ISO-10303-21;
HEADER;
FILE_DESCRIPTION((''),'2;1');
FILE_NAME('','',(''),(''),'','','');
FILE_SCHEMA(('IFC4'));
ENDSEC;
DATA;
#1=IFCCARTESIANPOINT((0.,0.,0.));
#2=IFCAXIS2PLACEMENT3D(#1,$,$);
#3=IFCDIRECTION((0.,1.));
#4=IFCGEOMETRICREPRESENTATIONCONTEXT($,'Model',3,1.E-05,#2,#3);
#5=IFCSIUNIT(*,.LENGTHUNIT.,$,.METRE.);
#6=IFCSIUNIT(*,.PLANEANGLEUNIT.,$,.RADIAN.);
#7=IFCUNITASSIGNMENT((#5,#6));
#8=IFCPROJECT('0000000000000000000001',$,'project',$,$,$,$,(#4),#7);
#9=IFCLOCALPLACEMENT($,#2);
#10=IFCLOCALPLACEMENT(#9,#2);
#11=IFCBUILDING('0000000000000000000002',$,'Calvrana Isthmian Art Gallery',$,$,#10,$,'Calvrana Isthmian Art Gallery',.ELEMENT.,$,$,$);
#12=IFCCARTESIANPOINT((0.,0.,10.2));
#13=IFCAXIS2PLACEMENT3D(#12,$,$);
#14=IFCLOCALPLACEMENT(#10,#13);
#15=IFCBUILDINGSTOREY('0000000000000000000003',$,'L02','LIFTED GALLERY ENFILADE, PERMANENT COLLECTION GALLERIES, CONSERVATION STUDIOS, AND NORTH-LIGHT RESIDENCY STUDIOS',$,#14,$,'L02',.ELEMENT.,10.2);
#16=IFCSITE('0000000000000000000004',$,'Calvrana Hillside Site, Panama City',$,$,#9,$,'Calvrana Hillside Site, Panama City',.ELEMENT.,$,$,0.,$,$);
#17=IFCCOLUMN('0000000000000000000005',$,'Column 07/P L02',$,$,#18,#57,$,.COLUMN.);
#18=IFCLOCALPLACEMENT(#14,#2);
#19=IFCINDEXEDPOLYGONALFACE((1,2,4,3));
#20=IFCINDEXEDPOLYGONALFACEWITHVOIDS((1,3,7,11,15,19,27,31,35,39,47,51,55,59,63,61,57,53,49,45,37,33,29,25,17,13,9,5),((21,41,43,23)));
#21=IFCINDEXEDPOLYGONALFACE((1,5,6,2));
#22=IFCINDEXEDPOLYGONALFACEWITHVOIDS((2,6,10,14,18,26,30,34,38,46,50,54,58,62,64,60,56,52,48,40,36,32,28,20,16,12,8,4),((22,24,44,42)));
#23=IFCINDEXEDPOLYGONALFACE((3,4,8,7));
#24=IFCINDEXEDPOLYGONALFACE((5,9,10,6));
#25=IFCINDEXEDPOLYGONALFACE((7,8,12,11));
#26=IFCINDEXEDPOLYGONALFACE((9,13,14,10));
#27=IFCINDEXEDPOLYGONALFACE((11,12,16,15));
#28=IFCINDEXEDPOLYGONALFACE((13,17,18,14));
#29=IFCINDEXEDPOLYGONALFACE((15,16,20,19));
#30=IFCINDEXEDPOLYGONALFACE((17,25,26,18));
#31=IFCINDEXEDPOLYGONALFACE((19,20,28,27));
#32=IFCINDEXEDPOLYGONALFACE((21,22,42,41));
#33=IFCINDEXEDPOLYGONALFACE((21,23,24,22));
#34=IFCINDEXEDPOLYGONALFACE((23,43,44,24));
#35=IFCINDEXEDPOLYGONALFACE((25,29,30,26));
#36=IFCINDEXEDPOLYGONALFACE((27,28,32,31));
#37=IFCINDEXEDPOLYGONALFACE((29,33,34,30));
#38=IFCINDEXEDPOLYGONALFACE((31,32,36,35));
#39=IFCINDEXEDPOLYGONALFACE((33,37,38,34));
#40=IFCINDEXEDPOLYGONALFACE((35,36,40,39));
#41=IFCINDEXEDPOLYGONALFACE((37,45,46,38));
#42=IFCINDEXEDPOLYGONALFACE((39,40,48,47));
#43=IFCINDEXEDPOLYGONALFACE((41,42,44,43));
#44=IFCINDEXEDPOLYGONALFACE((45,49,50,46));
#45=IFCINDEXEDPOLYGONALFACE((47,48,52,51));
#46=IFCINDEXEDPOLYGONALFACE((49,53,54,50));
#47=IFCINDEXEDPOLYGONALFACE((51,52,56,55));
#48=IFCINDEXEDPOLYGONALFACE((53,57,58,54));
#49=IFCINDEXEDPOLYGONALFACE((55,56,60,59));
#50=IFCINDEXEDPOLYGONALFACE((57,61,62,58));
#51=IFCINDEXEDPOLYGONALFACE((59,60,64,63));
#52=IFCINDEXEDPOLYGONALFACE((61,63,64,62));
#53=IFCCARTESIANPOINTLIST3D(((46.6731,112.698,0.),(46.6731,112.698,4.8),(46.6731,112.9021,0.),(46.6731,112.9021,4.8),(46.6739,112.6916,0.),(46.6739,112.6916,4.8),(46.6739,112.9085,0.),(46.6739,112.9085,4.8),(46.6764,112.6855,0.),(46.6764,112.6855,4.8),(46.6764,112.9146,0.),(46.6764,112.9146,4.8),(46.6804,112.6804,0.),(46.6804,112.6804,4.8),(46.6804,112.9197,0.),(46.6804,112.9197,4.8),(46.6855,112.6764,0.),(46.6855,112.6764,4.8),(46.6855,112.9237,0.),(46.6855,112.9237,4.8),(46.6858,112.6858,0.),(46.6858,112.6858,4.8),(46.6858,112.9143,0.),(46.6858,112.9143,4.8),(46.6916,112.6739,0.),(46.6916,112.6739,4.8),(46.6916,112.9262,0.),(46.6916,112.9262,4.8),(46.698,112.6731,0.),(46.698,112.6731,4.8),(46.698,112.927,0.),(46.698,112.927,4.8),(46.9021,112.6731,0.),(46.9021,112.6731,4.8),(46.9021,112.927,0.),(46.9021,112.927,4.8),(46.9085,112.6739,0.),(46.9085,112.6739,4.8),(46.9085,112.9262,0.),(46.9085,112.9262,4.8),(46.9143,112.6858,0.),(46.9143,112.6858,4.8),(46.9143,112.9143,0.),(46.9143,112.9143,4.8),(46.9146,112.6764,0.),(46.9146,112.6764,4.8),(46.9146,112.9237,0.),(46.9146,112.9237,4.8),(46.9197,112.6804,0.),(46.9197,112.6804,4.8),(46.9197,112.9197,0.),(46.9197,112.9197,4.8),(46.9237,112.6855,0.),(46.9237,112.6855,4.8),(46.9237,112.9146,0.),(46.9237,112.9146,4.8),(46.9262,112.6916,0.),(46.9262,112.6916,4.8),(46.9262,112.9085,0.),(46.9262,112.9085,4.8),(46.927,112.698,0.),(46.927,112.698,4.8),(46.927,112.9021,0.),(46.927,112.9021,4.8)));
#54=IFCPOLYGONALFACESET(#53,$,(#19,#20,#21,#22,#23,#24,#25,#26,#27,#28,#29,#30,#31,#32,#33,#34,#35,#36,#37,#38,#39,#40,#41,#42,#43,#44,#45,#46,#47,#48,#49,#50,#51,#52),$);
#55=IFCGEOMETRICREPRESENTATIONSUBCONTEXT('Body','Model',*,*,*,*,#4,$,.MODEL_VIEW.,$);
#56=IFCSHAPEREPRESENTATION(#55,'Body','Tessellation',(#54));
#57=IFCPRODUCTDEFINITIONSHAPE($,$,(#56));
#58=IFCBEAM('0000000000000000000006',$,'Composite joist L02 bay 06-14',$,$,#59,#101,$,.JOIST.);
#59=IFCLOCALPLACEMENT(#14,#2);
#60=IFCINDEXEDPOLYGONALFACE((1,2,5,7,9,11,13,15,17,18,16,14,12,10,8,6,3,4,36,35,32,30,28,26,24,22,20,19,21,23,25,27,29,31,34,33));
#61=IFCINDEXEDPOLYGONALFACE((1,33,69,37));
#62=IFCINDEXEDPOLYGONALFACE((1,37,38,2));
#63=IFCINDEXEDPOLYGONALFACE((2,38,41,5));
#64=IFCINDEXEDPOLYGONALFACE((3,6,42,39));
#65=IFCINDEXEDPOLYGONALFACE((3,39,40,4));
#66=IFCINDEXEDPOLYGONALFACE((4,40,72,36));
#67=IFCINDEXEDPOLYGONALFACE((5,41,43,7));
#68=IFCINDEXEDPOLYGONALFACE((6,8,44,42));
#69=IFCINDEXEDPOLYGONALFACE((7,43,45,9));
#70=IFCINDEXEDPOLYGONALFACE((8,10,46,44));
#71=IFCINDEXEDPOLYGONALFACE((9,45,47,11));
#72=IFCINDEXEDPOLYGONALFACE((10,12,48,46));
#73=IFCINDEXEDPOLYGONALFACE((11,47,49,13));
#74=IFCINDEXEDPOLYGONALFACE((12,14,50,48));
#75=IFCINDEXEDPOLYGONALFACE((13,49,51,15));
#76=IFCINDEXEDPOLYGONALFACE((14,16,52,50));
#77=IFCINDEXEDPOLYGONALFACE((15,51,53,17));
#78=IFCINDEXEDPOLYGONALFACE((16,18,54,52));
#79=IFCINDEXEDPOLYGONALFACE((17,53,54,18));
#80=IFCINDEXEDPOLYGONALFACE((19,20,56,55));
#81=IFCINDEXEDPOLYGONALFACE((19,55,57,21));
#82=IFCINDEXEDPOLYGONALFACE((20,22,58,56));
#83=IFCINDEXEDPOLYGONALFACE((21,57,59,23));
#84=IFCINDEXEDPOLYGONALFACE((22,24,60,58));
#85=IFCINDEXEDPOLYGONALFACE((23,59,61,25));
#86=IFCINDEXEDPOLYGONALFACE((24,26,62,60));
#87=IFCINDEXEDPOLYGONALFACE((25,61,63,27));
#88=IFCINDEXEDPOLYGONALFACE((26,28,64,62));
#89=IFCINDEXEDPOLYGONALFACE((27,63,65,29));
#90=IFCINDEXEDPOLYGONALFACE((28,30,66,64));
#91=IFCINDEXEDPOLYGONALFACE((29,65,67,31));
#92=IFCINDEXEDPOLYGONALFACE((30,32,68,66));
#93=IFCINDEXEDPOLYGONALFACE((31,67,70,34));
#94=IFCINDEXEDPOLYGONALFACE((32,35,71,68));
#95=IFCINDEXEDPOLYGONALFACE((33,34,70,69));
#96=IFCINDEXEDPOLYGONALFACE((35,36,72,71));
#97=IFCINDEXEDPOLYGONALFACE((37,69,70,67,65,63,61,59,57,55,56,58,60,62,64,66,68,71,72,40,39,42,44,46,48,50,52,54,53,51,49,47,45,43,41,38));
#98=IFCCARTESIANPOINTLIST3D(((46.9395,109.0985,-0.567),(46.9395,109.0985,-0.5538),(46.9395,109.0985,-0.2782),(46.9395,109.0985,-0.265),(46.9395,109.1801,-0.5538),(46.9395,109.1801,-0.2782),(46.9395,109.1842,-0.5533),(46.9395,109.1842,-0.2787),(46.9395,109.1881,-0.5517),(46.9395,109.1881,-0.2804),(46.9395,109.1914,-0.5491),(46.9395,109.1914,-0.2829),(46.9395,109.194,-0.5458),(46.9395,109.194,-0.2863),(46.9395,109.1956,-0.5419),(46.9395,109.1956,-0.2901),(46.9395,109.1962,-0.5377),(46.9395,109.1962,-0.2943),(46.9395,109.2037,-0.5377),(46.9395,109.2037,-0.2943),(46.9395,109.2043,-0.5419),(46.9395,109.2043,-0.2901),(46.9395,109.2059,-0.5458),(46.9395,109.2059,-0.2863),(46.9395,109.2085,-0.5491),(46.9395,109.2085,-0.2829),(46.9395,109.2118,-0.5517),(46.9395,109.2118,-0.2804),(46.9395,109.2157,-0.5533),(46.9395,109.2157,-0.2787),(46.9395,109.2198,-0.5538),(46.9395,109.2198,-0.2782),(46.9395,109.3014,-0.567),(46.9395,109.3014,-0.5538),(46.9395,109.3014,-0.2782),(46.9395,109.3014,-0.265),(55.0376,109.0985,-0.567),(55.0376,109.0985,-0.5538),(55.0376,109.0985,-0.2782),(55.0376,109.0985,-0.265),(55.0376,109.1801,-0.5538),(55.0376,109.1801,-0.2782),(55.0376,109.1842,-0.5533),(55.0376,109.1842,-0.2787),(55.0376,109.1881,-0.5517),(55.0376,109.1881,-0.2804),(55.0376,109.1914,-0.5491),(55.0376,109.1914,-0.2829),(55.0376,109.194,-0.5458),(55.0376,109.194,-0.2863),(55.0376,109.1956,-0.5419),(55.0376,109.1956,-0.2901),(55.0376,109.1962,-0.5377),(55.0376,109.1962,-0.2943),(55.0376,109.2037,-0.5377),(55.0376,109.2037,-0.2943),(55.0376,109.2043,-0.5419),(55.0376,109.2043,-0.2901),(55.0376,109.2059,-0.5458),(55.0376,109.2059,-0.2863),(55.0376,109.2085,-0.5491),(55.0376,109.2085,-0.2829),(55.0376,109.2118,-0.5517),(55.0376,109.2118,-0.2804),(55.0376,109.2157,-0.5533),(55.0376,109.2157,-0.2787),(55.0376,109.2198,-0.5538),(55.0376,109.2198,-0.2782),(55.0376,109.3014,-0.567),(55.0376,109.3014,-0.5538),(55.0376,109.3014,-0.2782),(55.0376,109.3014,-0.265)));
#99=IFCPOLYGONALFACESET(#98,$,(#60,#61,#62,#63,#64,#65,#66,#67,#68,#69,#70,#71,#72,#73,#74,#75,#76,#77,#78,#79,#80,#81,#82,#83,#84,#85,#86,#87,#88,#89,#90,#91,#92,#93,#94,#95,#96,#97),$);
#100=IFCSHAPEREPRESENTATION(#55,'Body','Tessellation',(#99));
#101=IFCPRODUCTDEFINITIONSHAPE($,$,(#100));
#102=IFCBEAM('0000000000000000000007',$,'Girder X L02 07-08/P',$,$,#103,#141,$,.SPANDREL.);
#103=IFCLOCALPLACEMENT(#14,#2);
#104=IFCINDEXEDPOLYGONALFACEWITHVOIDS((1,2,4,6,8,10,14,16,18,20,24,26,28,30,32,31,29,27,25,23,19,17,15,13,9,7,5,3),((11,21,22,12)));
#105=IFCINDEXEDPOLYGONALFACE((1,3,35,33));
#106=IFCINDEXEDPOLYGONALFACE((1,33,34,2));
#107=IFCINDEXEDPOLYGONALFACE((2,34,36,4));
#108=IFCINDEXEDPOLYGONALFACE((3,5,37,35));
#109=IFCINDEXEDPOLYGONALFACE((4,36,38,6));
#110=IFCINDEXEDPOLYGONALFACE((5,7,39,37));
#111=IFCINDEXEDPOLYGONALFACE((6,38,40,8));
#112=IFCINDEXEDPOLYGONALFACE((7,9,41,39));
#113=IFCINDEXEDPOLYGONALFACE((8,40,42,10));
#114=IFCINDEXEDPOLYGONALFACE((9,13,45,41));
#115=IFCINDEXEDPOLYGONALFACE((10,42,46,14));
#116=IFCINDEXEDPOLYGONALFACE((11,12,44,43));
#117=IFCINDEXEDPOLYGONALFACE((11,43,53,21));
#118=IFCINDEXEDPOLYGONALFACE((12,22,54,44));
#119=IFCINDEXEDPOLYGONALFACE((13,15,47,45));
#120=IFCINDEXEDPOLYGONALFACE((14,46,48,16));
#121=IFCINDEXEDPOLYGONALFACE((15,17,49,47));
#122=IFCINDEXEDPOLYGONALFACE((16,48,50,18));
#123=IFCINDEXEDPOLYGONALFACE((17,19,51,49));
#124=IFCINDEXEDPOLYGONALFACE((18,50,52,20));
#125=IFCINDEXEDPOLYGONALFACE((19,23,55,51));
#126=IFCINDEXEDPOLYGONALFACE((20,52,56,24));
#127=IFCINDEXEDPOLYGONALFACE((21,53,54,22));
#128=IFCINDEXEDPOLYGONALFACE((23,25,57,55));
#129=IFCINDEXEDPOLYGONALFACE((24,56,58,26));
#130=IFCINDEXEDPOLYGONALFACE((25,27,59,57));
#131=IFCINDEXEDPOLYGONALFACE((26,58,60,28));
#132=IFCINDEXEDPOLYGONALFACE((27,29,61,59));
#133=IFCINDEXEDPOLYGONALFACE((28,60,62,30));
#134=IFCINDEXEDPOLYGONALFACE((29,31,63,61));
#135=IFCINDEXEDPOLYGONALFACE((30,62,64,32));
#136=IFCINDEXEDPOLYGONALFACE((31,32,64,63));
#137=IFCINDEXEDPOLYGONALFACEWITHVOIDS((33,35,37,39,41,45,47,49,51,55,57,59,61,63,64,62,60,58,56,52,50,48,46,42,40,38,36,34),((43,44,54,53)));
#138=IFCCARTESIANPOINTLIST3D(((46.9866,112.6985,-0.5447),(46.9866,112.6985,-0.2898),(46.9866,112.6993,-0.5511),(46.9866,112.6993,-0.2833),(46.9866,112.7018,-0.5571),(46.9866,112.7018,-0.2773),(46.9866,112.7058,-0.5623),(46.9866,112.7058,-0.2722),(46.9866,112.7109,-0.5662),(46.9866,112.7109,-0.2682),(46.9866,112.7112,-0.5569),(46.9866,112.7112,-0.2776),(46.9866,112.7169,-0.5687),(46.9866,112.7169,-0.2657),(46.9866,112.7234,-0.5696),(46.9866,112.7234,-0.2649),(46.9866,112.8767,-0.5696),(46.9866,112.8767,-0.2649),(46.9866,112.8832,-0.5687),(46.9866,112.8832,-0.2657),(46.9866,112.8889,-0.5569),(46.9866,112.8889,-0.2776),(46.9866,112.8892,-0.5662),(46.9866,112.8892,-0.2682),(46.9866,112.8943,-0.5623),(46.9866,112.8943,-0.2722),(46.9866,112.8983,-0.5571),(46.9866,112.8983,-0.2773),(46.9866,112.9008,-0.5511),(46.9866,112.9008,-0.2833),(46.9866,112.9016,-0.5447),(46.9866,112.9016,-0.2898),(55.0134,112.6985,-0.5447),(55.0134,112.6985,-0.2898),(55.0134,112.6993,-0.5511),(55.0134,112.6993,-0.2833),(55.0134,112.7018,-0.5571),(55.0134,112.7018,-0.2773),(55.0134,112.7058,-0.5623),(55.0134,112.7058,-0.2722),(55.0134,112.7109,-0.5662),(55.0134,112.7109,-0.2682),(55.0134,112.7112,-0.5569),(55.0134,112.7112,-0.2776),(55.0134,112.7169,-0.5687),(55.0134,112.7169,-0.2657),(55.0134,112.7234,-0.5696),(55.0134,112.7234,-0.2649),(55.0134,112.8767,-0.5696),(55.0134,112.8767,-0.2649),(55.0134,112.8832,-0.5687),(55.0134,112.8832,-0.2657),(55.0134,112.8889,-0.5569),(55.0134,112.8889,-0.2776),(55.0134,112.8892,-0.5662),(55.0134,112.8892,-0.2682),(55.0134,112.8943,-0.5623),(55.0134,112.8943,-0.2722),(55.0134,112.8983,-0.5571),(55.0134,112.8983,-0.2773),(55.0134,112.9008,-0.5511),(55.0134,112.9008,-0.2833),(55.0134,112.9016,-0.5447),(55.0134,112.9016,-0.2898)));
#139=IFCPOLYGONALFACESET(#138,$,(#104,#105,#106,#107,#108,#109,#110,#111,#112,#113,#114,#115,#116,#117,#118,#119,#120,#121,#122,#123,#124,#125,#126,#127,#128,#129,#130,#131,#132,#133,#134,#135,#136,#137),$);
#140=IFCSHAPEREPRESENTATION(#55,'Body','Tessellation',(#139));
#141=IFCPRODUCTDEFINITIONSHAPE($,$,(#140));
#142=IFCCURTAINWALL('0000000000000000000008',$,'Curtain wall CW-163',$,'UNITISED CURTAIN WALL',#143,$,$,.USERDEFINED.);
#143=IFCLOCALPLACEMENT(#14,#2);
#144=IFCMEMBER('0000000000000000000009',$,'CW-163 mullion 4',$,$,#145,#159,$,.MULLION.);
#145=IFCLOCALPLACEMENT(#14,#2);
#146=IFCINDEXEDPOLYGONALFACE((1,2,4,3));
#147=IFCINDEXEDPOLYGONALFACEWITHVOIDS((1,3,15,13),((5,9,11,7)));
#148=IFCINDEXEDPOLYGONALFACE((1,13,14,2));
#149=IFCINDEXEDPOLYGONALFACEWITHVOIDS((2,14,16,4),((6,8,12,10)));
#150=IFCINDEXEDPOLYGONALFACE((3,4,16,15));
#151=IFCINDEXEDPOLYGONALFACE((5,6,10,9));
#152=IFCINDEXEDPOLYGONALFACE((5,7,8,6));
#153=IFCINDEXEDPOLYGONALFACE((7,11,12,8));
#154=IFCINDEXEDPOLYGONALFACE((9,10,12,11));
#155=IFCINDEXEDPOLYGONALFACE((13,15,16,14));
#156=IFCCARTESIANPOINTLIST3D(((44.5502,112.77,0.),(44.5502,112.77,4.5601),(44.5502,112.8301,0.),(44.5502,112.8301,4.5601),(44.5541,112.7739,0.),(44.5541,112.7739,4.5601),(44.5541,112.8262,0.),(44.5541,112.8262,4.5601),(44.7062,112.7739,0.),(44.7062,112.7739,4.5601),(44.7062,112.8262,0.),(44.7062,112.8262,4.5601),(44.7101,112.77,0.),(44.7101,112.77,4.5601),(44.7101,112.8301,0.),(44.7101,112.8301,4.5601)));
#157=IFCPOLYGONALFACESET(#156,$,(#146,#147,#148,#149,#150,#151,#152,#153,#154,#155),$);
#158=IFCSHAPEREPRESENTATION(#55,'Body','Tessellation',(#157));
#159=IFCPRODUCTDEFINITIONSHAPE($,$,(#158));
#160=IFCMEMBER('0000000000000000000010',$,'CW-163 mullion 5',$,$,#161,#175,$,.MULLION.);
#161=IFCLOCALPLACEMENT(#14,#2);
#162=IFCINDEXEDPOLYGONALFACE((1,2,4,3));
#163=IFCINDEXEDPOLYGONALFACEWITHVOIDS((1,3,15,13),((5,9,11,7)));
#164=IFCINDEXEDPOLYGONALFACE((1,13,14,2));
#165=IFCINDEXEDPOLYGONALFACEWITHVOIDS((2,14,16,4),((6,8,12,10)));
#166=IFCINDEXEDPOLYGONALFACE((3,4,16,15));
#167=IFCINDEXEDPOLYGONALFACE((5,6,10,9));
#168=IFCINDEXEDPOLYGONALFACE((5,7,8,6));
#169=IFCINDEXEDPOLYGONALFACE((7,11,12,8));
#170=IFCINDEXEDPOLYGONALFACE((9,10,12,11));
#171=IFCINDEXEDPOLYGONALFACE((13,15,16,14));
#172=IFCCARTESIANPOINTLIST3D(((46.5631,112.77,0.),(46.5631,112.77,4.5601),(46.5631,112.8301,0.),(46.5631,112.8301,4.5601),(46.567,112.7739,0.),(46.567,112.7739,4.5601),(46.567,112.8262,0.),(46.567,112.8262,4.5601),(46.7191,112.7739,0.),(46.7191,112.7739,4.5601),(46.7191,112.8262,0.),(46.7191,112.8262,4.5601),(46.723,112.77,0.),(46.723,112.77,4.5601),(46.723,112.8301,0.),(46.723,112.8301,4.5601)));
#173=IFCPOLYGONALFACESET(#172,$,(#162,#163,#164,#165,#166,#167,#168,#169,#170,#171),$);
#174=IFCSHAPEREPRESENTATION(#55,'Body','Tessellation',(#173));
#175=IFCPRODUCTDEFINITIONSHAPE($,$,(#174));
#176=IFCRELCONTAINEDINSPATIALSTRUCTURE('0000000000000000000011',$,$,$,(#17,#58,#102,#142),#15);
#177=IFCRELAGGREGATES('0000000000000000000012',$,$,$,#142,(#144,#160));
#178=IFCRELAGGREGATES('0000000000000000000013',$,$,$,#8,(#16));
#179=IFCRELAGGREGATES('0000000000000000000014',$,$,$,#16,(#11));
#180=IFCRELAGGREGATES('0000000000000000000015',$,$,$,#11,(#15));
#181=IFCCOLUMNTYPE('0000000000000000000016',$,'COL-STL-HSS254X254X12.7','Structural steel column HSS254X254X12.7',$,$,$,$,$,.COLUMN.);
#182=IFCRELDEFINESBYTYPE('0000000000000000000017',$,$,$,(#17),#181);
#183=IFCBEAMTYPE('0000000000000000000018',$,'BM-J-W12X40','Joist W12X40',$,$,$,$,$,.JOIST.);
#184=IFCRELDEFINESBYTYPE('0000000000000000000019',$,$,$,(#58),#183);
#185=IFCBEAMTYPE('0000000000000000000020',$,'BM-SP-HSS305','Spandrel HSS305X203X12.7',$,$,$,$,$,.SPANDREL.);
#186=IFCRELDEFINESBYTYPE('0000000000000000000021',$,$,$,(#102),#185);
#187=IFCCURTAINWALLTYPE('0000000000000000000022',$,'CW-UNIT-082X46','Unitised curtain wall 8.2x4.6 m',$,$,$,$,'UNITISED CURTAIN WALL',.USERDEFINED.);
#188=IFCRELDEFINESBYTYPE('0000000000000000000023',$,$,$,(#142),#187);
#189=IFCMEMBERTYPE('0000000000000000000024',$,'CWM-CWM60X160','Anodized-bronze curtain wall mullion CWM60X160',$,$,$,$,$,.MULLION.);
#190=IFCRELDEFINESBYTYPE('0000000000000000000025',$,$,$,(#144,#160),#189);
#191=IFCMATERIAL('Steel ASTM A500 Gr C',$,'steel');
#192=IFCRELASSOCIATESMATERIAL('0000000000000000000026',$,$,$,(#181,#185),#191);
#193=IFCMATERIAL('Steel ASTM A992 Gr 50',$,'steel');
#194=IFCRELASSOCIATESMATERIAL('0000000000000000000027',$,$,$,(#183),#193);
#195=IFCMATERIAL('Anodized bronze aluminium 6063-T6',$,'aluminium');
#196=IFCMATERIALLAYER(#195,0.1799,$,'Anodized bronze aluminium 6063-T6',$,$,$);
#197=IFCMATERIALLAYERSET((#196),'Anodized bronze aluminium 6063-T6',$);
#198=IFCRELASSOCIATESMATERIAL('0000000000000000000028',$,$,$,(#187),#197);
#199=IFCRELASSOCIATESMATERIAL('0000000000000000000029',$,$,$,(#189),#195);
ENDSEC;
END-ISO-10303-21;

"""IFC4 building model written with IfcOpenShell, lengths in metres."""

from ifc_helpers import new_model, si_unit, direction, frame, origin, origin_2d, place, context, subcontext, project, spatial, hollow_rectangle, i_section, extrude, material, layer, layer_set, material_profile, profile_set, type_object, element, aggregate, save


model = new_model("IFC4")

# Units and contexts
model_context = context("Model", 3, precision=1e-05, world=origin(), true_north=direction((0.0, 1.0)))
body_context = subcontext(model_context, "Body", "Model", "MODEL_VIEW")
ifc_project = project(units=[si_unit("LENGTHUNIT", "METRE"), si_unit("PLANEANGLEUNIT", "RADIAN")], contexts=[model_context])

# Site, building, storey
site_placement = place(None, origin())
site = spatial("IfcSite", under=ifc_project, at=site_placement, Name="Calvrana Hillside Site, Panama City", LongName="Calvrana Hillside Site, Panama City", CompositionType="ELEMENT", RefElevation=0.0)
building_placement = place(site_placement, origin())
building = spatial("IfcBuilding", under=site, at=building_placement, Name="Calvrana Isthmian Art Gallery", LongName="Calvrana Isthmian Art Gallery", CompositionType="ELEMENT")
storey_placement = place(building_placement, frame((0.0, 0.0, 10.2)))
storey = spatial("IfcBuildingStorey", under=building, at=storey_placement, Name="L02", Description="LIFTED GALLERY ENFILADE, PERMANENT COLLECTION GALLERIES, CONSERVATION STUDIOS, AND NORTH-LIGHT RESIDENCY STUDIOS", LongName="L02", CompositionType="ELEMENT", Elevation=10.2)

# Column
ifc_material_1 = material(Name="Steel ASTM A500 Gr C", Category="steel")
ifc_material_profile_1 = material_profile(ifc_material_1, hollow_rectangle(XDim=0.2539, YDim=0.2539, WallThickness=0.0127, OuterFilletRadius=0.0249, at=origin_2d()), Name="HSS254X254X12.7")
ifc_profile_set_1 = profile_set([ifc_material_profile_1], Name="Steel ASTM A500 Gr C")
column_type = type_object("IfcColumnType", Name="COL-STL-HSS254X254X12.7", Description="Structural steel column HSS254X254X12.7", PredefinedType="COLUMN", material=ifc_profile_set_1)
column_placement = place(storey_placement, frame((46.8, 112.8, 0.0), z_axis=(0.0, 0.0, 1.0), x_axis=(1.0, 0.0, 0.0)))
element("IfcColumn", 1, at=column_placement, inside=storey, type_object=column_type, Name="Column 07/P L02", PredefinedType="COLUMN", context=body_context, shape_type="SweptSolid", body=[
    extrude(hollow_rectangle(XDim=0.2539, YDim=0.2539, WallThickness=0.0127, OuterFilletRadius=0.0249, at=origin_2d()), origin(), (0.0, 0.0, 1.0), 4.8),
])

# Beams
ifc_material_2 = material(Name="Steel ASTM A992 Gr 50", Category="steel")
ifc_material_profile_2 = material_profile(ifc_material_2, i_section(OverallWidth=0.2029, OverallDepth=0.302, WebThickness=0.0076, FlangeThickness=0.0132, FilletRadius=0.0161, at=origin_2d()), Name="W12X40")
ifc_profile_set_2 = profile_set([ifc_material_profile_2], Name="Steel ASTM A992 Gr 50")
beam_type_1 = type_object("IfcBeamType", Name="BM-J-W12X40", Description="Joist W12X40", PredefinedType="JOIST", material=ifc_profile_set_2)
beam_1_placement = place(storey_placement, frame((46.9395, 109.2, -0.416), z_axis=(1.0, 0.0, 0.0), x_axis=(0.0, 1.0, 0.0)))
element("IfcBeam", 2, at=beam_1_placement, inside=storey, type_object=beam_type_1, Name="Composite joist L02 bay 06-14", PredefinedType="JOIST", context=body_context, shape_type="SweptSolid", body=[
    extrude(i_section(OverallWidth=0.2029, OverallDepth=0.302, WebThickness=0.0076, FlangeThickness=0.0132, FilletRadius=0.0161, at=origin_2d()), origin(), (0.0, 0.0, 1.0), 8.0981),
])
ifc_material_profile_3 = material_profile(ifc_material_1, hollow_rectangle(XDim=0.2031, YDim=0.3047, WallThickness=0.0127, OuterFilletRadius=0.0249, at=origin_2d()), Name="HSS305X203X12.7")
ifc_profile_set_3 = profile_set([ifc_material_profile_3], Name="Steel ASTM A500 Gr C")
beam_type_2 = type_object("IfcBeamType", Name="BM-SP-HSS305", Description="Spandrel HSS305X203X12.7", PredefinedType="SPANDREL", material=ifc_profile_set_3)
beam_2_placement = place(storey_placement, frame((46.9866, 112.8, -0.4172), z_axis=(1.0, 0.0, 0.0), x_axis=(0.0, 1.0, 0.0)))
element("IfcBeam", 3, at=beam_2_placement, inside=storey, type_object=beam_type_2, Name="Girder X L02 07-08/P", PredefinedType="SPANDREL", context=body_context, shape_type="SweptSolid", body=[
    extrude(hollow_rectangle(XDim=0.2031, YDim=0.3047, WallThickness=0.0127, OuterFilletRadius=0.0249, at=origin_2d()), origin(), (0.0, 0.0, 1.0), 8.0269),
])

# Curtain wall, members
ifc_material_3 = material(Name="Anodized bronze aluminium 6063-T6", Category="aluminium")
ifc_layer_1 = layer(ifc_material_3, 0.1799, Name="Anodized bronze aluminium 6063-T6")
ifc_layer_set_1 = layer_set([ifc_layer_1], Name="Anodized bronze aluminium 6063-T6")
curtain_wall_type = type_object("IfcCurtainWallType", Name="CW-UNIT-082X46", Description="Unitised curtain wall 8.2x4.6 m", ElementType="UNITISED CURTAIN WALL", PredefinedType="USERDEFINED", material=ifc_layer_set_1)
curtain_wall_placement = place(storey_placement, origin())
curtain_wall = element("IfcCurtainWall", 4, at=curtain_wall_placement, inside=storey, type_object=curtain_wall_type, Name="Curtain wall CW-163", ObjectType="UNITISED CURTAIN WALL", PredefinedType="USERDEFINED")
ifc_material_profile_4 = material_profile(ifc_material_3, hollow_rectangle(XDim=0.0601, YDim=0.1599, WallThickness=0.0039, at=origin_2d()), Name="CWM60X160")
ifc_profile_set_4 = profile_set([ifc_material_profile_4], Name="Anodized bronze aluminium 6063-T6")
member_type_1 = type_object("IfcMemberType", Name="CWM-CWM60X160", Description="Anodized-bronze curtain wall mullion CWM60X160", PredefinedType="MULLION", material=ifc_profile_set_4)
member_1_placement = place(storey_placement, frame((44.6301, 112.8, 0.0), z_axis=(0.0, 0.0, 1.0), x_axis=(0.0, 1.0, 0.0)))
member_1 = element("IfcMember", 5, at=member_1_placement, type_object=member_type_1, Name="CW-163 mullion 4", PredefinedType="MULLION", context=body_context, shape_type="SweptSolid", body=[
    extrude(hollow_rectangle(XDim=0.0601, YDim=0.1599, WallThickness=0.0039, at=origin_2d()), origin(), (0.0, 0.0, 1.0), 4.5601),
])
member_2_placement = place(storey_placement, frame((46.6431, 112.8, 0.0), z_axis=(0.0, 0.0, 1.0), x_axis=(0.0, 1.0, 0.0)))
member_2 = element("IfcMember", 6, at=member_2_placement, type_object=member_type_1, Name="CW-163 mullion 5", PredefinedType="MULLION", context=body_context, shape_type="SweptSolid", body=[
    extrude(hollow_rectangle(XDim=0.0601, YDim=0.1599, WallThickness=0.0039, at=origin_2d()), origin(), (0.0, 0.0, 1.0), 4.5601),
])
aggregate(curtain_wall, [member_1, member_2])

save(model, "model.ifc")
